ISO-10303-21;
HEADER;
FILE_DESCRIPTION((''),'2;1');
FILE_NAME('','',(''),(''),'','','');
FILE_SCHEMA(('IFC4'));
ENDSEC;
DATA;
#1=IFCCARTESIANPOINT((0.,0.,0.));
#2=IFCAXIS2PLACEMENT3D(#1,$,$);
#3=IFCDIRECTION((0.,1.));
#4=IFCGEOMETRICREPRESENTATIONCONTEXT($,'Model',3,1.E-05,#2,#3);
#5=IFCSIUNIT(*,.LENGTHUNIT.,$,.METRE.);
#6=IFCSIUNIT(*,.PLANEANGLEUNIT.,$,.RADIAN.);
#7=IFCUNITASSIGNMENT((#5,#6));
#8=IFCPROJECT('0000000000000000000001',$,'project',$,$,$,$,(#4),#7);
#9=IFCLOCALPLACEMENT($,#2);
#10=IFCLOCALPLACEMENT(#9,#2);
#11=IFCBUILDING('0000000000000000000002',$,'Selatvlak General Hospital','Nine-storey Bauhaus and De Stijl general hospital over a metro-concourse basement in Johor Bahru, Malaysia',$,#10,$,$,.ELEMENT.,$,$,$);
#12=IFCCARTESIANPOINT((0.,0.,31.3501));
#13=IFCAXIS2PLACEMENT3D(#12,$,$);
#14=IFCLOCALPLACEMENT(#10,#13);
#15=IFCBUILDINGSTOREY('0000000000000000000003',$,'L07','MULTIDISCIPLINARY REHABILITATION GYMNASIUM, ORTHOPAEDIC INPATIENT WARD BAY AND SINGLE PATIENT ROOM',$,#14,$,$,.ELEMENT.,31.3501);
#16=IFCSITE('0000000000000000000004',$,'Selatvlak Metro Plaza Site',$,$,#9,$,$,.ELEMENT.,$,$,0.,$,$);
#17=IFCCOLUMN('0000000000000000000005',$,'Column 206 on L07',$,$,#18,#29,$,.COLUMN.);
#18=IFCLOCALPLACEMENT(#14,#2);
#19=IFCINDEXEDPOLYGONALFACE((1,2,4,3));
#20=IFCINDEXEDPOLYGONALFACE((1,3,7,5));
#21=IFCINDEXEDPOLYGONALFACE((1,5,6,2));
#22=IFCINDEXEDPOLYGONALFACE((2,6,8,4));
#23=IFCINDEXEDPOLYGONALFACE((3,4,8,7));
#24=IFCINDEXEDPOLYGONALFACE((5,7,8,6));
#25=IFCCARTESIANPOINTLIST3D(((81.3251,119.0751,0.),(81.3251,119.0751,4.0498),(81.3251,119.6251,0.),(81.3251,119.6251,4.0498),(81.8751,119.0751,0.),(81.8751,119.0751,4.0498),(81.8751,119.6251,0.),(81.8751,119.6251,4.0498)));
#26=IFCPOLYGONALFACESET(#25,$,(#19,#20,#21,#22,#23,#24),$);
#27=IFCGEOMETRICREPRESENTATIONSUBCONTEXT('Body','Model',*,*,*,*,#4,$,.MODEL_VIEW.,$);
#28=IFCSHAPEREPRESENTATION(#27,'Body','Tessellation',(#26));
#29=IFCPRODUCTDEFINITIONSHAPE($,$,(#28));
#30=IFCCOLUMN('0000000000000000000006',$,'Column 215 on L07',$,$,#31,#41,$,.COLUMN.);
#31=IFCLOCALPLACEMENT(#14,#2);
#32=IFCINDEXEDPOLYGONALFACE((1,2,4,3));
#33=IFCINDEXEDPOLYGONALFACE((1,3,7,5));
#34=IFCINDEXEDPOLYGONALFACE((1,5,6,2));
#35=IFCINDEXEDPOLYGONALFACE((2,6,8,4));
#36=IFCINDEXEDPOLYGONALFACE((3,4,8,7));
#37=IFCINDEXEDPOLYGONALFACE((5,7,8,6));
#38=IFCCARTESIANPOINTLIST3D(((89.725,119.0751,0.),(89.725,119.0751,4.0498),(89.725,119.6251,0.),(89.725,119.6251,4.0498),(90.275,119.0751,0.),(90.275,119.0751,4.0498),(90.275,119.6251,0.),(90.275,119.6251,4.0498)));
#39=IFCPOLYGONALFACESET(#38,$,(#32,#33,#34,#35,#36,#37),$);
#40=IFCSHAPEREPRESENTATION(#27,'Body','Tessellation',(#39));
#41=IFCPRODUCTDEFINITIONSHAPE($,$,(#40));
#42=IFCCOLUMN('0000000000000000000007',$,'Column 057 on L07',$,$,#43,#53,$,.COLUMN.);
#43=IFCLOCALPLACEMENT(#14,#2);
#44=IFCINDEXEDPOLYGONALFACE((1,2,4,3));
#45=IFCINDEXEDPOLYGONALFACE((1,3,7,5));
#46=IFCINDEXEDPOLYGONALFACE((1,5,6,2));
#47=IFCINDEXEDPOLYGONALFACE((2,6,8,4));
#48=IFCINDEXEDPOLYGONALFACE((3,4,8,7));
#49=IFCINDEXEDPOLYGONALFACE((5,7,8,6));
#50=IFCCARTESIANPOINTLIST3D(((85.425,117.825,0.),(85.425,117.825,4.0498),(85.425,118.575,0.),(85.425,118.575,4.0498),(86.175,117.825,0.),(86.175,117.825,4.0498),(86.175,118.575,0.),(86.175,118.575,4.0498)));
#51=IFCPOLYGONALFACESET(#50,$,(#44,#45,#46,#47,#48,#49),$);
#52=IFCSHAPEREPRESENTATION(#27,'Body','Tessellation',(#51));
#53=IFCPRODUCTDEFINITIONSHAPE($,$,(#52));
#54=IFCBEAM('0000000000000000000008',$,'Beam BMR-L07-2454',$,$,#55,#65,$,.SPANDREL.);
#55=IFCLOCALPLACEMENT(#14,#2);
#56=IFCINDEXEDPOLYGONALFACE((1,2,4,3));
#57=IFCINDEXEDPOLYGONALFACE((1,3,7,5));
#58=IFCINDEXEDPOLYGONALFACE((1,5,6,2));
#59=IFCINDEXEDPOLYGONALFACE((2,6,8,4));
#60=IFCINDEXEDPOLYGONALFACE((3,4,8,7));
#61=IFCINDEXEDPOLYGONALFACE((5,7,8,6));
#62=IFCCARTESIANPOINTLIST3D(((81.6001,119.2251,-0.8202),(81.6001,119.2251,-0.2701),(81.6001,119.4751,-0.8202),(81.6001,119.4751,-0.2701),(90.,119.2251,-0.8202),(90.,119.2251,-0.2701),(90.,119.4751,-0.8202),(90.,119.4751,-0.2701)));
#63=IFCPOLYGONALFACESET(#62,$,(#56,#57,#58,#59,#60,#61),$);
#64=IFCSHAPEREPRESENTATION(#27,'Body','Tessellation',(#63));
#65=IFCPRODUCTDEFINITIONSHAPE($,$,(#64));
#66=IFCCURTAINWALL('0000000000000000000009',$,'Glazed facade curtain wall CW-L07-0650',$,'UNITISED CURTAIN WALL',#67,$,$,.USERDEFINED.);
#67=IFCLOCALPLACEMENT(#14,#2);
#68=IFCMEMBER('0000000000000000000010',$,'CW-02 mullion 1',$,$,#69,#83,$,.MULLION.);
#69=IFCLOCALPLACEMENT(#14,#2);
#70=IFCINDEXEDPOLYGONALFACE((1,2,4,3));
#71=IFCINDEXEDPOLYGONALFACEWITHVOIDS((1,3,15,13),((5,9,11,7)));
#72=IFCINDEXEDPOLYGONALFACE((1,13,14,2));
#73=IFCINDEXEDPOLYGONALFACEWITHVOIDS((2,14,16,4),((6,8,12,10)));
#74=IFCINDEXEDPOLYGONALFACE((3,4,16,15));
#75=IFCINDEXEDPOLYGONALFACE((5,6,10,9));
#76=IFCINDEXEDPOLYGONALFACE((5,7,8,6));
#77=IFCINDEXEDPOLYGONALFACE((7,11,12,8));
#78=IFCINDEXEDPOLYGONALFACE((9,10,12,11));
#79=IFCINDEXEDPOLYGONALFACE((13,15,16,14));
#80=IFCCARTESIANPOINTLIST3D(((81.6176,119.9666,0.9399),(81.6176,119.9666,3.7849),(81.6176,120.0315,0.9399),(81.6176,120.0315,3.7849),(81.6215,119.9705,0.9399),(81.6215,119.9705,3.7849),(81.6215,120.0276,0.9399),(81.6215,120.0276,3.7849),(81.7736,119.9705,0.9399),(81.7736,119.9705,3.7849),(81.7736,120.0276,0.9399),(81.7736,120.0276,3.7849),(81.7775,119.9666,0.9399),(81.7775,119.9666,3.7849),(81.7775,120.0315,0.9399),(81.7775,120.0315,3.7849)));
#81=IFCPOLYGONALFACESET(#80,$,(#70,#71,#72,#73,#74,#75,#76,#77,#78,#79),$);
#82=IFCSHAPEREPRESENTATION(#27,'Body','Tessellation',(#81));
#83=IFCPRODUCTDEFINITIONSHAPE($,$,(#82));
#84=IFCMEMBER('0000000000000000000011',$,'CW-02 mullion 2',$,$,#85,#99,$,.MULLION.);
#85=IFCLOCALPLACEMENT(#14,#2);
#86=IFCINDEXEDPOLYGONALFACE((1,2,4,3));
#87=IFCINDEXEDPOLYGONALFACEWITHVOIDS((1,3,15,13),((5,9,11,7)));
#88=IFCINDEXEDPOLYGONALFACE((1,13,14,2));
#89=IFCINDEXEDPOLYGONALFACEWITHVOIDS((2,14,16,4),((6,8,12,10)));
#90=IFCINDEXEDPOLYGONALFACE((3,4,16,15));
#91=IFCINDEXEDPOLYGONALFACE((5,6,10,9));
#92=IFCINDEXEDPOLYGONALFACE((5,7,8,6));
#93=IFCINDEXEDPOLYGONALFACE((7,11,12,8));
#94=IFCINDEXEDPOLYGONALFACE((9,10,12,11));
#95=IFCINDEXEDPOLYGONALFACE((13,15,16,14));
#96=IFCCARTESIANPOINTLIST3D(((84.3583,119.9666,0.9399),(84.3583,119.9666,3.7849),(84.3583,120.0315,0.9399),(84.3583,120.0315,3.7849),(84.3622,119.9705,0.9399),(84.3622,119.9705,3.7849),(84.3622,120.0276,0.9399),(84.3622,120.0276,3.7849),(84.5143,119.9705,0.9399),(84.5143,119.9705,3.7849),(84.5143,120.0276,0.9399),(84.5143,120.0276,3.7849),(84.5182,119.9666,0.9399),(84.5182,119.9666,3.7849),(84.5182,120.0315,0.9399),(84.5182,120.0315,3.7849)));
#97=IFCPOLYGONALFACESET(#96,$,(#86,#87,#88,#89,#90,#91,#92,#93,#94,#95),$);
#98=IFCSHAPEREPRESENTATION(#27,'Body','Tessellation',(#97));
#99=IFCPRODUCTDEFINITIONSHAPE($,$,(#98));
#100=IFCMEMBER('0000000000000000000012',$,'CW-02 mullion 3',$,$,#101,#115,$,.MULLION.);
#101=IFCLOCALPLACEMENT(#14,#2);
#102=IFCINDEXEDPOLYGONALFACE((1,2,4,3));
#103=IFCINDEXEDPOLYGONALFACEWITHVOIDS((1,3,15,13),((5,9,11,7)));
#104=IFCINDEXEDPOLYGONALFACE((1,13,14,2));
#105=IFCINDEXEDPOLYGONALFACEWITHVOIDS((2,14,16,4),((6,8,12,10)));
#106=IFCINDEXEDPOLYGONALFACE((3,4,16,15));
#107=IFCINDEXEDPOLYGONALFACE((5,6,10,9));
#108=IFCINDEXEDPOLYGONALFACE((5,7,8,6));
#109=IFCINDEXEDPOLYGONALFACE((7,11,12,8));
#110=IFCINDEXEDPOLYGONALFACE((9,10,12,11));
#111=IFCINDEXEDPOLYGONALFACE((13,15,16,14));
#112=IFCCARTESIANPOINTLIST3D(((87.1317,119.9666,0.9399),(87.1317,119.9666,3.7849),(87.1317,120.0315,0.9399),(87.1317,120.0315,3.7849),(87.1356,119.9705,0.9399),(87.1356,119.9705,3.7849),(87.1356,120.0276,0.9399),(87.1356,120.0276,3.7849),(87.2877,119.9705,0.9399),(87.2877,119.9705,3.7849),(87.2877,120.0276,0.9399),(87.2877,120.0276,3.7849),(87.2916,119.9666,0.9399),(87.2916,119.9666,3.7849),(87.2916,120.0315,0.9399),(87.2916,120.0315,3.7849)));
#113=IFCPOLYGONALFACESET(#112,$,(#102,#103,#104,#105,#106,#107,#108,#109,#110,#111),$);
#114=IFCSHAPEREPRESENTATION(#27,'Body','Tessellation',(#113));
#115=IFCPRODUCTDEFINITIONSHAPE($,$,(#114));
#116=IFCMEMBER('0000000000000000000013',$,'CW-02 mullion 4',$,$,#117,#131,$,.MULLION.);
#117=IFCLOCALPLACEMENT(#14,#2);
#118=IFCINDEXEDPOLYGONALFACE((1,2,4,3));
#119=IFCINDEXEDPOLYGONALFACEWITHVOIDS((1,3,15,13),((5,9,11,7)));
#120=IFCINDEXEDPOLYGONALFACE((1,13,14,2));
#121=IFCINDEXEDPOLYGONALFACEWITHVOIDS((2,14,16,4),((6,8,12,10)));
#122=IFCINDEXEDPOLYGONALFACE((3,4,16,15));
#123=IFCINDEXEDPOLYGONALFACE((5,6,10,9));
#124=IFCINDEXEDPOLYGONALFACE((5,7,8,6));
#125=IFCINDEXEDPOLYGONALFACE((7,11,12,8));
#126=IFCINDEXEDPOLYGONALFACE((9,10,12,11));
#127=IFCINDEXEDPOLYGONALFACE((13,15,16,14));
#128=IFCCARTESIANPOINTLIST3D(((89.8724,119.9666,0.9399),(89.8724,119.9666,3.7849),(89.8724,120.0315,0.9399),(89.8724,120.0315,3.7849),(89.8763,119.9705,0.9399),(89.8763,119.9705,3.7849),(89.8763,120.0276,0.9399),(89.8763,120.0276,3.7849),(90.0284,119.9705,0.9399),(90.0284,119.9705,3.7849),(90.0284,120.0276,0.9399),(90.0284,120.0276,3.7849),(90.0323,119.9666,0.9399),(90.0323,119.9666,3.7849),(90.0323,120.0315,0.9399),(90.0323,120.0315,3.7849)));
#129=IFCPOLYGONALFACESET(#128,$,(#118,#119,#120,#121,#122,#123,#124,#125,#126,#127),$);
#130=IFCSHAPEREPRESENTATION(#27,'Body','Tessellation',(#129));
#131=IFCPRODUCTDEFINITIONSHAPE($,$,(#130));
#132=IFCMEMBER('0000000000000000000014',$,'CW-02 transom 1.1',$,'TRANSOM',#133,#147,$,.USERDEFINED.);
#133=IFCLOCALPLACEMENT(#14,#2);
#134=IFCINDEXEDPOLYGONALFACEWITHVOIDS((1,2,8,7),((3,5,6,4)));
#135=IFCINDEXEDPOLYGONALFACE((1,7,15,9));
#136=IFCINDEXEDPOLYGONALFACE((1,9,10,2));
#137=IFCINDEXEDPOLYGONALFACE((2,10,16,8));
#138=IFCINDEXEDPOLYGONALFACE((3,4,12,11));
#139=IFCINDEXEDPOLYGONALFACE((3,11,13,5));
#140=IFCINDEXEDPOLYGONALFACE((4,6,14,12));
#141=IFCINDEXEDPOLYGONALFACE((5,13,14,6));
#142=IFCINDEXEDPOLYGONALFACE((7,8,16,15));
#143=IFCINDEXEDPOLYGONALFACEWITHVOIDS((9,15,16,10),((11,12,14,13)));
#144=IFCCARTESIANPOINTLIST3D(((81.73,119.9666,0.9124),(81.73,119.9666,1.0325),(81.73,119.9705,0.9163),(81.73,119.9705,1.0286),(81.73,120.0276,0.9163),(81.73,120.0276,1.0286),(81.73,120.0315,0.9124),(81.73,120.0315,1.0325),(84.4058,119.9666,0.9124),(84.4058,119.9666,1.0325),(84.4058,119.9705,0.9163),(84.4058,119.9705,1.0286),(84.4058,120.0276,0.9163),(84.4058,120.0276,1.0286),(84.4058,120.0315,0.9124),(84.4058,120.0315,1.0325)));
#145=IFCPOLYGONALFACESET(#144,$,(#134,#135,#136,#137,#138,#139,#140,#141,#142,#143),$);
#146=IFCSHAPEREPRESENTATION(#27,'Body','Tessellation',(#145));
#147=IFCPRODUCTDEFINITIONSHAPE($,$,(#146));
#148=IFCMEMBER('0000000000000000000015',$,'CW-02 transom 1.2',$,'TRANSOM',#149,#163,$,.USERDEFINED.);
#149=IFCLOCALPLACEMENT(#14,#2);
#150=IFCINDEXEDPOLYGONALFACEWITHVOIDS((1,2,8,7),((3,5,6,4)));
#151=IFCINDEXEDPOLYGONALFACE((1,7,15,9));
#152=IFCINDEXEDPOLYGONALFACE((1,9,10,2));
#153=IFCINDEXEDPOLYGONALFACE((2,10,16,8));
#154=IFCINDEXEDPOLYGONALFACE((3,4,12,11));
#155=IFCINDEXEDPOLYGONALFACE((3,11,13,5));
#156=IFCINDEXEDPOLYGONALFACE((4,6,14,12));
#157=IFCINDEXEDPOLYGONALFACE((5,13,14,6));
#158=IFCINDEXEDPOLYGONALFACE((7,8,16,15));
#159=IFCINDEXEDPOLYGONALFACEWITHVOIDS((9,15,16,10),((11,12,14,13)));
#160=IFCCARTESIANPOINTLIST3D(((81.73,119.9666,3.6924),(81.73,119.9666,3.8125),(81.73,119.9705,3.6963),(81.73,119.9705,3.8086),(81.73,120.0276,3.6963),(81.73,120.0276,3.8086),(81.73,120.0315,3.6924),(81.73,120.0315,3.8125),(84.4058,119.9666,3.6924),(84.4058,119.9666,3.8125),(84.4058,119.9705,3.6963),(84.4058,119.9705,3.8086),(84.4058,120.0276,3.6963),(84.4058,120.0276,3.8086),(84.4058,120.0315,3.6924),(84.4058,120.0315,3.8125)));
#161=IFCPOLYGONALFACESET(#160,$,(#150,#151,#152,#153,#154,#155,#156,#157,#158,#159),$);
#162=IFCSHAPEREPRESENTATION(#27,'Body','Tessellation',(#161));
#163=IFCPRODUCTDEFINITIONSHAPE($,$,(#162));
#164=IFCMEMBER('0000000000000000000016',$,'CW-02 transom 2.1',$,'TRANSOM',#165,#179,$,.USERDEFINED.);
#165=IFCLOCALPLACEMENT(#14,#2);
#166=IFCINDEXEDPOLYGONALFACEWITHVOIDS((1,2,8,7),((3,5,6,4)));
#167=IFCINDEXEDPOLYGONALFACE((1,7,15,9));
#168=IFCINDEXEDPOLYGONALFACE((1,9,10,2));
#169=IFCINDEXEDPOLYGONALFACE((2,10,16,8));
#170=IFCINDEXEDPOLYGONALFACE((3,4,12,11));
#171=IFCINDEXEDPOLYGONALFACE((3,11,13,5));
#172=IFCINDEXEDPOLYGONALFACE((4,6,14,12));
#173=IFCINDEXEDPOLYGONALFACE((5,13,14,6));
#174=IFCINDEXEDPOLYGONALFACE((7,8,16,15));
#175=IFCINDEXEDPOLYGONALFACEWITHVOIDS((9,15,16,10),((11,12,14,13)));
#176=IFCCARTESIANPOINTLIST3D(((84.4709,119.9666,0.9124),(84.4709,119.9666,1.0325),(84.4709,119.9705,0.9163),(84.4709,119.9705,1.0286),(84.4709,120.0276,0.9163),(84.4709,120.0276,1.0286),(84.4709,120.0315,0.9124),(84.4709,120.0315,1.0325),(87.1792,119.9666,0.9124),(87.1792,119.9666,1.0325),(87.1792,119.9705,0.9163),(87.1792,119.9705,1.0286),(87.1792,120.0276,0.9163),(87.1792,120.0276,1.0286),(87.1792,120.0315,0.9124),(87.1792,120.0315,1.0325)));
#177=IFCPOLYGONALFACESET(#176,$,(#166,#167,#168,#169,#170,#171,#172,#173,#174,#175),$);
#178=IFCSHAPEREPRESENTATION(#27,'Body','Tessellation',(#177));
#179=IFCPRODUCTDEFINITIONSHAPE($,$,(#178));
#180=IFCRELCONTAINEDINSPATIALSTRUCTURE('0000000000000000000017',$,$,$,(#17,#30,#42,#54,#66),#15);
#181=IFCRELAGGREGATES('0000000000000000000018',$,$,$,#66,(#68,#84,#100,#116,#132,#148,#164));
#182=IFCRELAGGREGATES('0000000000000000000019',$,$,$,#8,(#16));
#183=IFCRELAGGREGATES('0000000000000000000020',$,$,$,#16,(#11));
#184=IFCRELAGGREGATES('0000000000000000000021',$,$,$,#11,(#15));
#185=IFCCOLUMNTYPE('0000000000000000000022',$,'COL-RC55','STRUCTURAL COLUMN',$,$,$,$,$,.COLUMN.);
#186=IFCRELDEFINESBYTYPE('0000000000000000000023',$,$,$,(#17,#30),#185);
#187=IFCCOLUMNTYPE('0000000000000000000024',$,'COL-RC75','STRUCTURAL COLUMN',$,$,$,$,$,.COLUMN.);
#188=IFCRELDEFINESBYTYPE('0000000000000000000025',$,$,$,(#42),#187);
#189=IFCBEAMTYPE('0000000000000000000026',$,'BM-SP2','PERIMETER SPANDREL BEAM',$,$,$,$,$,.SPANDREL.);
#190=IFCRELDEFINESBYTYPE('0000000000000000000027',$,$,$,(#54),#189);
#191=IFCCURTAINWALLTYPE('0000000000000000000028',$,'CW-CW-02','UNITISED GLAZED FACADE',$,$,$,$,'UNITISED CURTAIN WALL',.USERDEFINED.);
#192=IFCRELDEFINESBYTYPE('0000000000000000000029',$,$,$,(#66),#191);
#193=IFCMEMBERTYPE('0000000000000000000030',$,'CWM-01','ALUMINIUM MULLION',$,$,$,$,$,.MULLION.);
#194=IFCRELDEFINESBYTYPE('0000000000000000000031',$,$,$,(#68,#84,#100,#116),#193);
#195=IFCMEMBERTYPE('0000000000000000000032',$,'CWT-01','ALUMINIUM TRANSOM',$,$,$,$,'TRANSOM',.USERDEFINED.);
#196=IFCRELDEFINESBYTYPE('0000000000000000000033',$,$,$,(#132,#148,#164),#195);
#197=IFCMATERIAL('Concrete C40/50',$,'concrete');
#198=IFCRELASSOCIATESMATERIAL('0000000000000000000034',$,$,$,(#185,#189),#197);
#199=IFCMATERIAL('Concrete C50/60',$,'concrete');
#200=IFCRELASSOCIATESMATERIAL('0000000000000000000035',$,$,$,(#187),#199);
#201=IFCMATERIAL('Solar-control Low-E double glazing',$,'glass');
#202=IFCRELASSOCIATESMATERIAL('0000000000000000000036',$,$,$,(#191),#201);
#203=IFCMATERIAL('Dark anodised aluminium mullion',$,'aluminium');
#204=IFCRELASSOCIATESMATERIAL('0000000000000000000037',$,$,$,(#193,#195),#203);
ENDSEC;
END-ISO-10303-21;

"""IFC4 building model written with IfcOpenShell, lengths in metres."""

from ifc_helpers import new_model, si_unit, direction, frame, origin, origin_2d, place, context, subcontext, project, spatial, rectangle, hollow_rectangle, extrude, material, material_profile, profile_set, type_object, element, aggregate, save


model = new_model("IFC4")

# Units and contexts
model_context = context("Model", 3, precision=1e-05, world=origin(), true_north=direction((0.0, 1.0)))
body_context = subcontext(model_context, "Body", "Model", "MODEL_VIEW")
ifc_project = project(units=[si_unit("LENGTHUNIT", "METRE"), si_unit("PLANEANGLEUNIT", "RADIAN")], contexts=[model_context])

# Site, building, storey
site_placement = place(None, origin())
site = spatial("IfcSite", under=ifc_project, at=site_placement, Name="Selatvlak Metro Plaza Site", CompositionType="ELEMENT", RefElevation=0.0)
building_placement = place(site_placement, origin())
building = spatial("IfcBuilding", under=site, at=building_placement, Name="Selatvlak General Hospital", Description="Nine-storey Bauhaus and De Stijl general hospital over a metro-concourse basement in Johor Bahru, Malaysia", CompositionType="ELEMENT")
storey_placement = place(building_placement, frame((0.0, 0.0, 31.3501)))
storey = spatial("IfcBuildingStorey", under=building, at=storey_placement, Name="L07", Description="MULTIDISCIPLINARY REHABILITATION GYMNASIUM, ORTHOPAEDIC INPATIENT WARD BAY AND SINGLE PATIENT ROOM", CompositionType="ELEMENT", Elevation=31.3501)

# Columns
ifc_material_1 = material(Name="Concrete C40/50", Category="concrete")
ifc_material_profile_1 = material_profile(ifc_material_1, rectangle(XDim=0.55, YDim=0.55, at=origin_2d()), Name="RC-COL 550x550")
ifc_profile_set_1 = profile_set([ifc_material_profile_1], Name="Concrete C40/50")
column_type_1 = type_object("IfcColumnType", Name="COL-RC55", Description="STRUCTURAL COLUMN", PredefinedType="COLUMN", material=ifc_profile_set_1)
for number, where, z_axis, x_axis, name in (
    (1, (81.6001, 119.3501, 0.0), (0.0, 0.0, 1.0), (1.0, 0.0, 0.0), "Column 206 on L07"),
    (2, (90.0, 119.3501, 0.0), (0.0, 0.0, 1.0), (1.0, 0.0, 0.0), "Column 215 on L07"),
):
    element("IfcColumn", number, at=place(storey_placement, frame(where, z_axis=z_axis, x_axis=x_axis)), inside=storey, type_object=column_type_1, Name=name, PredefinedType="COLUMN", context=body_context, shape_type="SweptSolid", body=[
        extrude(rectangle(XDim=0.55, YDim=0.55, at=origin_2d()), origin(), (0.0, 0.0, 1.0), 4.0498),
    ])
ifc_material_2 = material(Name="Concrete C50/60", Category="concrete")
ifc_material_profile_2 = material_profile(ifc_material_2, rectangle(XDim=0.75, YDim=0.75, at=origin_2d()), Name="RC-COL 750x750")
ifc_profile_set_2 = profile_set([ifc_material_profile_2], Name="Concrete C50/60")
column_type_2 = type_object("IfcColumnType", Name="COL-RC75", Description="STRUCTURAL COLUMN", PredefinedType="COLUMN", material=ifc_profile_set_2)
column_placement = place(storey_placement, frame((85.8, 118.2, 0.0), z_axis=(0.0, 0.0, 1.0), x_axis=(1.0, 0.0, 0.0)))
element("IfcColumn", 3, at=column_placement, inside=storey, type_object=column_type_2, Name="Column 057 on L07", PredefinedType="COLUMN", context=body_context, shape_type="SweptSolid", body=[
    extrude(rectangle(XDim=0.75, YDim=0.75, at=origin_2d()), origin(), (0.0, 0.0, 1.0), 4.0498),
])

# Beam
ifc_material_profile_3 = material_profile(ifc_material_1, rectangle(XDim=0.25, YDim=0.55, at=origin_2d()), Name="RC-SP 250x550")
ifc_profile_set_3 = profile_set([ifc_material_profile_3], Name="Concrete C40/50")
beam_type = type_object("IfcBeamType", Name="BM-SP2", Description="PERIMETER SPANDREL BEAM", PredefinedType="SPANDREL", material=ifc_profile_set_3)
beam_placement = place(storey_placement, frame((81.6001, 119.3501, -0.5452), z_axis=(1.0, 0.0, 0.0), x_axis=(0.0, 1.0, 0.0)))
element("IfcBeam", 4, at=beam_placement, inside=storey, type_object=beam_type, Name="Beam BMR-L07-2454", PredefinedType="SPANDREL", context=body_context, shape_type="SweptSolid", body=[
    extrude(rectangle(XDim=0.25, YDim=0.55, at=origin_2d()), origin(), (0.0, 0.0, 1.0), 8.3999),
])

# Curtain wall, members
ifc_material_3 = material(Name="Solar-control Low-E double glazing", Category="glass")
curtain_wall_type = type_object("IfcCurtainWallType", Name="CW-CW-02", Description="UNITISED GLAZED FACADE", ElementType="UNITISED CURTAIN WALL", PredefinedType="USERDEFINED", material=ifc_material_3)
curtain_wall_placement = place(storey_placement, origin())
curtain_wall = element("IfcCurtainWall", 5, at=curtain_wall_placement, inside=storey, type_object=curtain_wall_type, Name="Glazed facade curtain wall CW-L07-0650", ObjectType="UNITISED CURTAIN WALL", PredefinedType="USERDEFINED")
ifc_material_4 = material(Name="Dark anodised aluminium mullion", Category="aluminium")
ifc_material_profile_4 = material_profile(ifc_material_4, hollow_rectangle(XDim=0.0649, YDim=0.1599, WallThickness=0.0039, at=origin_2d()), Name="AL-MUL 65x160x4")
ifc_profile_set_4 = profile_set([ifc_material_profile_4], Name="Dark anodised aluminium mullion")
member_type_1 = type_object("IfcMemberType", Name="CWM-01", Description="ALUMINIUM MULLION", PredefinedType="MULLION", material=ifc_profile_set_4)
member_1_placement = place(storey_placement, frame((81.6975, 119.999, 0.9399), z_axis=(0.0, 0.0, 1.0), x_axis=(0.0, 1.0, 0.0)))
member_1 = element("IfcMember", 6, at=member_1_placement, type_object=member_type_1, Name="CW-02 mullion 1", PredefinedType="MULLION", context=body_context, shape_type="SweptSolid", body=[
    extrude(hollow_rectangle(XDim=0.0649, YDim=0.1599, WallThickness=0.0039, at=origin_2d()), origin(), (0.0, 0.0, 1.0), 2.845),
])
member_2_placement = place(storey_placement, frame((84.4382, 119.999, 0.9399), z_axis=(0.0, 0.0, 1.0), x_axis=(0.0, 1.0, 0.0)))
member_2 = element("IfcMember", 7, at=member_2_placement, type_object=member_type_1, Name="CW-02 mullion 2", PredefinedType="MULLION", context=body_context, shape_type="SweptSolid", body=[
    extrude(hollow_rectangle(XDim=0.0649, YDim=0.1599, WallThickness=0.0039, at=origin_2d()), origin(), (0.0, 0.0, 1.0), 2.845),
])
member_3_placement = place(storey_placement, frame((87.2117, 119.999, 0.9399), z_axis=(0.0, 0.0, 1.0), x_axis=(0.0, 1.0, 0.0)))
member_3 = element("IfcMember", 8, at=member_3_placement, type_object=member_type_1, Name="CW-02 mullion 3", PredefinedType="MULLION", context=body_context, shape_type="SweptSolid", body=[
    extrude(hollow_rectangle(XDim=0.0649, YDim=0.1599, WallThickness=0.0039, at=origin_2d()), origin(), (0.0, 0.0, 1.0), 2.845),
])
member_4_placement = place(storey_placement, frame((89.9524, 119.999, 0.9399), z_axis=(0.0, 0.0, 1.0), x_axis=(0.0, 1.0, 0.0)))
member_4 = element("IfcMember", 9, at=member_4_placement, type_object=member_type_1, Name="CW-02 mullion 4", PredefinedType="MULLION", context=body_context, shape_type="SweptSolid", body=[
    extrude(hollow_rectangle(XDim=0.0649, YDim=0.1599, WallThickness=0.0039, at=origin_2d()), origin(), (0.0, 0.0, 1.0), 2.845),
])
ifc_material_profile_5 = material_profile(ifc_material_4, hollow_rectangle(XDim=0.0649, YDim=0.1201, WallThickness=0.0039, at=origin_2d()), Name="AL-TRN 65x120x4")
ifc_profile_set_5 = profile_set([ifc_material_profile_5], Name="Dark anodised aluminium mullion")
member_type_2 = type_object("IfcMemberType", Name="CWT-01", Description="ALUMINIUM TRANSOM", ElementType="TRANSOM", PredefinedType="USERDEFINED", material=ifc_profile_set_5)
member_5_placement = place(storey_placement, frame((81.73, 119.999, 0.9724), z_axis=(1.0, 0.0, 0.0), x_axis=(0.0, 1.0, 0.0)))
member_5 = element("IfcMember", 10, at=member_5_placement, type_object=member_type_2, Name="CW-02 transom 1.1", ObjectType="TRANSOM", PredefinedType="USERDEFINED", context=body_context, shape_type="SweptSolid", body=[
    extrude(hollow_rectangle(XDim=0.0649, YDim=0.1201, WallThickness=0.0039, at=origin_2d()), origin(), (0.0, 0.0, 1.0), 2.6758),
])
member_6_placement = place(storey_placement, frame((81.73, 119.999, 3.7524), z_axis=(1.0, 0.0, 0.0), x_axis=(0.0, 1.0, 0.0)))
member_6 = element("IfcMember", 11, at=member_6_placement, type_object=member_type_2, Name="CW-02 transom 1.2", ObjectType="TRANSOM", PredefinedType="USERDEFINED", context=body_context, shape_type="SweptSolid", body=[
    extrude(hollow_rectangle(XDim=0.0649, YDim=0.1201, WallThickness=0.0039, at=origin_2d()), origin(), (0.0, 0.0, 1.0), 2.6758),
])
member_7_placement = place(storey_placement, frame((84.4709, 119.999, 0.9724), z_axis=(1.0, 0.0, 0.0), x_axis=(0.0, 1.0, 0.0)))
member_7 = element("IfcMember", 12, at=member_7_placement, type_object=member_type_2, Name="CW-02 transom 2.1", ObjectType="TRANSOM", PredefinedType="USERDEFINED", context=body_context, shape_type="SweptSolid", body=[
    extrude(hollow_rectangle(XDim=0.0649, YDim=0.1201, WallThickness=0.0039, at=origin_2d()), origin(), (0.0, 0.0, 1.0), 2.7083),
])
aggregate(curtain_wall, [member_1, member_2, member_3, member_4, member_5, member_6, member_7])

save(model, "model.ifc")
